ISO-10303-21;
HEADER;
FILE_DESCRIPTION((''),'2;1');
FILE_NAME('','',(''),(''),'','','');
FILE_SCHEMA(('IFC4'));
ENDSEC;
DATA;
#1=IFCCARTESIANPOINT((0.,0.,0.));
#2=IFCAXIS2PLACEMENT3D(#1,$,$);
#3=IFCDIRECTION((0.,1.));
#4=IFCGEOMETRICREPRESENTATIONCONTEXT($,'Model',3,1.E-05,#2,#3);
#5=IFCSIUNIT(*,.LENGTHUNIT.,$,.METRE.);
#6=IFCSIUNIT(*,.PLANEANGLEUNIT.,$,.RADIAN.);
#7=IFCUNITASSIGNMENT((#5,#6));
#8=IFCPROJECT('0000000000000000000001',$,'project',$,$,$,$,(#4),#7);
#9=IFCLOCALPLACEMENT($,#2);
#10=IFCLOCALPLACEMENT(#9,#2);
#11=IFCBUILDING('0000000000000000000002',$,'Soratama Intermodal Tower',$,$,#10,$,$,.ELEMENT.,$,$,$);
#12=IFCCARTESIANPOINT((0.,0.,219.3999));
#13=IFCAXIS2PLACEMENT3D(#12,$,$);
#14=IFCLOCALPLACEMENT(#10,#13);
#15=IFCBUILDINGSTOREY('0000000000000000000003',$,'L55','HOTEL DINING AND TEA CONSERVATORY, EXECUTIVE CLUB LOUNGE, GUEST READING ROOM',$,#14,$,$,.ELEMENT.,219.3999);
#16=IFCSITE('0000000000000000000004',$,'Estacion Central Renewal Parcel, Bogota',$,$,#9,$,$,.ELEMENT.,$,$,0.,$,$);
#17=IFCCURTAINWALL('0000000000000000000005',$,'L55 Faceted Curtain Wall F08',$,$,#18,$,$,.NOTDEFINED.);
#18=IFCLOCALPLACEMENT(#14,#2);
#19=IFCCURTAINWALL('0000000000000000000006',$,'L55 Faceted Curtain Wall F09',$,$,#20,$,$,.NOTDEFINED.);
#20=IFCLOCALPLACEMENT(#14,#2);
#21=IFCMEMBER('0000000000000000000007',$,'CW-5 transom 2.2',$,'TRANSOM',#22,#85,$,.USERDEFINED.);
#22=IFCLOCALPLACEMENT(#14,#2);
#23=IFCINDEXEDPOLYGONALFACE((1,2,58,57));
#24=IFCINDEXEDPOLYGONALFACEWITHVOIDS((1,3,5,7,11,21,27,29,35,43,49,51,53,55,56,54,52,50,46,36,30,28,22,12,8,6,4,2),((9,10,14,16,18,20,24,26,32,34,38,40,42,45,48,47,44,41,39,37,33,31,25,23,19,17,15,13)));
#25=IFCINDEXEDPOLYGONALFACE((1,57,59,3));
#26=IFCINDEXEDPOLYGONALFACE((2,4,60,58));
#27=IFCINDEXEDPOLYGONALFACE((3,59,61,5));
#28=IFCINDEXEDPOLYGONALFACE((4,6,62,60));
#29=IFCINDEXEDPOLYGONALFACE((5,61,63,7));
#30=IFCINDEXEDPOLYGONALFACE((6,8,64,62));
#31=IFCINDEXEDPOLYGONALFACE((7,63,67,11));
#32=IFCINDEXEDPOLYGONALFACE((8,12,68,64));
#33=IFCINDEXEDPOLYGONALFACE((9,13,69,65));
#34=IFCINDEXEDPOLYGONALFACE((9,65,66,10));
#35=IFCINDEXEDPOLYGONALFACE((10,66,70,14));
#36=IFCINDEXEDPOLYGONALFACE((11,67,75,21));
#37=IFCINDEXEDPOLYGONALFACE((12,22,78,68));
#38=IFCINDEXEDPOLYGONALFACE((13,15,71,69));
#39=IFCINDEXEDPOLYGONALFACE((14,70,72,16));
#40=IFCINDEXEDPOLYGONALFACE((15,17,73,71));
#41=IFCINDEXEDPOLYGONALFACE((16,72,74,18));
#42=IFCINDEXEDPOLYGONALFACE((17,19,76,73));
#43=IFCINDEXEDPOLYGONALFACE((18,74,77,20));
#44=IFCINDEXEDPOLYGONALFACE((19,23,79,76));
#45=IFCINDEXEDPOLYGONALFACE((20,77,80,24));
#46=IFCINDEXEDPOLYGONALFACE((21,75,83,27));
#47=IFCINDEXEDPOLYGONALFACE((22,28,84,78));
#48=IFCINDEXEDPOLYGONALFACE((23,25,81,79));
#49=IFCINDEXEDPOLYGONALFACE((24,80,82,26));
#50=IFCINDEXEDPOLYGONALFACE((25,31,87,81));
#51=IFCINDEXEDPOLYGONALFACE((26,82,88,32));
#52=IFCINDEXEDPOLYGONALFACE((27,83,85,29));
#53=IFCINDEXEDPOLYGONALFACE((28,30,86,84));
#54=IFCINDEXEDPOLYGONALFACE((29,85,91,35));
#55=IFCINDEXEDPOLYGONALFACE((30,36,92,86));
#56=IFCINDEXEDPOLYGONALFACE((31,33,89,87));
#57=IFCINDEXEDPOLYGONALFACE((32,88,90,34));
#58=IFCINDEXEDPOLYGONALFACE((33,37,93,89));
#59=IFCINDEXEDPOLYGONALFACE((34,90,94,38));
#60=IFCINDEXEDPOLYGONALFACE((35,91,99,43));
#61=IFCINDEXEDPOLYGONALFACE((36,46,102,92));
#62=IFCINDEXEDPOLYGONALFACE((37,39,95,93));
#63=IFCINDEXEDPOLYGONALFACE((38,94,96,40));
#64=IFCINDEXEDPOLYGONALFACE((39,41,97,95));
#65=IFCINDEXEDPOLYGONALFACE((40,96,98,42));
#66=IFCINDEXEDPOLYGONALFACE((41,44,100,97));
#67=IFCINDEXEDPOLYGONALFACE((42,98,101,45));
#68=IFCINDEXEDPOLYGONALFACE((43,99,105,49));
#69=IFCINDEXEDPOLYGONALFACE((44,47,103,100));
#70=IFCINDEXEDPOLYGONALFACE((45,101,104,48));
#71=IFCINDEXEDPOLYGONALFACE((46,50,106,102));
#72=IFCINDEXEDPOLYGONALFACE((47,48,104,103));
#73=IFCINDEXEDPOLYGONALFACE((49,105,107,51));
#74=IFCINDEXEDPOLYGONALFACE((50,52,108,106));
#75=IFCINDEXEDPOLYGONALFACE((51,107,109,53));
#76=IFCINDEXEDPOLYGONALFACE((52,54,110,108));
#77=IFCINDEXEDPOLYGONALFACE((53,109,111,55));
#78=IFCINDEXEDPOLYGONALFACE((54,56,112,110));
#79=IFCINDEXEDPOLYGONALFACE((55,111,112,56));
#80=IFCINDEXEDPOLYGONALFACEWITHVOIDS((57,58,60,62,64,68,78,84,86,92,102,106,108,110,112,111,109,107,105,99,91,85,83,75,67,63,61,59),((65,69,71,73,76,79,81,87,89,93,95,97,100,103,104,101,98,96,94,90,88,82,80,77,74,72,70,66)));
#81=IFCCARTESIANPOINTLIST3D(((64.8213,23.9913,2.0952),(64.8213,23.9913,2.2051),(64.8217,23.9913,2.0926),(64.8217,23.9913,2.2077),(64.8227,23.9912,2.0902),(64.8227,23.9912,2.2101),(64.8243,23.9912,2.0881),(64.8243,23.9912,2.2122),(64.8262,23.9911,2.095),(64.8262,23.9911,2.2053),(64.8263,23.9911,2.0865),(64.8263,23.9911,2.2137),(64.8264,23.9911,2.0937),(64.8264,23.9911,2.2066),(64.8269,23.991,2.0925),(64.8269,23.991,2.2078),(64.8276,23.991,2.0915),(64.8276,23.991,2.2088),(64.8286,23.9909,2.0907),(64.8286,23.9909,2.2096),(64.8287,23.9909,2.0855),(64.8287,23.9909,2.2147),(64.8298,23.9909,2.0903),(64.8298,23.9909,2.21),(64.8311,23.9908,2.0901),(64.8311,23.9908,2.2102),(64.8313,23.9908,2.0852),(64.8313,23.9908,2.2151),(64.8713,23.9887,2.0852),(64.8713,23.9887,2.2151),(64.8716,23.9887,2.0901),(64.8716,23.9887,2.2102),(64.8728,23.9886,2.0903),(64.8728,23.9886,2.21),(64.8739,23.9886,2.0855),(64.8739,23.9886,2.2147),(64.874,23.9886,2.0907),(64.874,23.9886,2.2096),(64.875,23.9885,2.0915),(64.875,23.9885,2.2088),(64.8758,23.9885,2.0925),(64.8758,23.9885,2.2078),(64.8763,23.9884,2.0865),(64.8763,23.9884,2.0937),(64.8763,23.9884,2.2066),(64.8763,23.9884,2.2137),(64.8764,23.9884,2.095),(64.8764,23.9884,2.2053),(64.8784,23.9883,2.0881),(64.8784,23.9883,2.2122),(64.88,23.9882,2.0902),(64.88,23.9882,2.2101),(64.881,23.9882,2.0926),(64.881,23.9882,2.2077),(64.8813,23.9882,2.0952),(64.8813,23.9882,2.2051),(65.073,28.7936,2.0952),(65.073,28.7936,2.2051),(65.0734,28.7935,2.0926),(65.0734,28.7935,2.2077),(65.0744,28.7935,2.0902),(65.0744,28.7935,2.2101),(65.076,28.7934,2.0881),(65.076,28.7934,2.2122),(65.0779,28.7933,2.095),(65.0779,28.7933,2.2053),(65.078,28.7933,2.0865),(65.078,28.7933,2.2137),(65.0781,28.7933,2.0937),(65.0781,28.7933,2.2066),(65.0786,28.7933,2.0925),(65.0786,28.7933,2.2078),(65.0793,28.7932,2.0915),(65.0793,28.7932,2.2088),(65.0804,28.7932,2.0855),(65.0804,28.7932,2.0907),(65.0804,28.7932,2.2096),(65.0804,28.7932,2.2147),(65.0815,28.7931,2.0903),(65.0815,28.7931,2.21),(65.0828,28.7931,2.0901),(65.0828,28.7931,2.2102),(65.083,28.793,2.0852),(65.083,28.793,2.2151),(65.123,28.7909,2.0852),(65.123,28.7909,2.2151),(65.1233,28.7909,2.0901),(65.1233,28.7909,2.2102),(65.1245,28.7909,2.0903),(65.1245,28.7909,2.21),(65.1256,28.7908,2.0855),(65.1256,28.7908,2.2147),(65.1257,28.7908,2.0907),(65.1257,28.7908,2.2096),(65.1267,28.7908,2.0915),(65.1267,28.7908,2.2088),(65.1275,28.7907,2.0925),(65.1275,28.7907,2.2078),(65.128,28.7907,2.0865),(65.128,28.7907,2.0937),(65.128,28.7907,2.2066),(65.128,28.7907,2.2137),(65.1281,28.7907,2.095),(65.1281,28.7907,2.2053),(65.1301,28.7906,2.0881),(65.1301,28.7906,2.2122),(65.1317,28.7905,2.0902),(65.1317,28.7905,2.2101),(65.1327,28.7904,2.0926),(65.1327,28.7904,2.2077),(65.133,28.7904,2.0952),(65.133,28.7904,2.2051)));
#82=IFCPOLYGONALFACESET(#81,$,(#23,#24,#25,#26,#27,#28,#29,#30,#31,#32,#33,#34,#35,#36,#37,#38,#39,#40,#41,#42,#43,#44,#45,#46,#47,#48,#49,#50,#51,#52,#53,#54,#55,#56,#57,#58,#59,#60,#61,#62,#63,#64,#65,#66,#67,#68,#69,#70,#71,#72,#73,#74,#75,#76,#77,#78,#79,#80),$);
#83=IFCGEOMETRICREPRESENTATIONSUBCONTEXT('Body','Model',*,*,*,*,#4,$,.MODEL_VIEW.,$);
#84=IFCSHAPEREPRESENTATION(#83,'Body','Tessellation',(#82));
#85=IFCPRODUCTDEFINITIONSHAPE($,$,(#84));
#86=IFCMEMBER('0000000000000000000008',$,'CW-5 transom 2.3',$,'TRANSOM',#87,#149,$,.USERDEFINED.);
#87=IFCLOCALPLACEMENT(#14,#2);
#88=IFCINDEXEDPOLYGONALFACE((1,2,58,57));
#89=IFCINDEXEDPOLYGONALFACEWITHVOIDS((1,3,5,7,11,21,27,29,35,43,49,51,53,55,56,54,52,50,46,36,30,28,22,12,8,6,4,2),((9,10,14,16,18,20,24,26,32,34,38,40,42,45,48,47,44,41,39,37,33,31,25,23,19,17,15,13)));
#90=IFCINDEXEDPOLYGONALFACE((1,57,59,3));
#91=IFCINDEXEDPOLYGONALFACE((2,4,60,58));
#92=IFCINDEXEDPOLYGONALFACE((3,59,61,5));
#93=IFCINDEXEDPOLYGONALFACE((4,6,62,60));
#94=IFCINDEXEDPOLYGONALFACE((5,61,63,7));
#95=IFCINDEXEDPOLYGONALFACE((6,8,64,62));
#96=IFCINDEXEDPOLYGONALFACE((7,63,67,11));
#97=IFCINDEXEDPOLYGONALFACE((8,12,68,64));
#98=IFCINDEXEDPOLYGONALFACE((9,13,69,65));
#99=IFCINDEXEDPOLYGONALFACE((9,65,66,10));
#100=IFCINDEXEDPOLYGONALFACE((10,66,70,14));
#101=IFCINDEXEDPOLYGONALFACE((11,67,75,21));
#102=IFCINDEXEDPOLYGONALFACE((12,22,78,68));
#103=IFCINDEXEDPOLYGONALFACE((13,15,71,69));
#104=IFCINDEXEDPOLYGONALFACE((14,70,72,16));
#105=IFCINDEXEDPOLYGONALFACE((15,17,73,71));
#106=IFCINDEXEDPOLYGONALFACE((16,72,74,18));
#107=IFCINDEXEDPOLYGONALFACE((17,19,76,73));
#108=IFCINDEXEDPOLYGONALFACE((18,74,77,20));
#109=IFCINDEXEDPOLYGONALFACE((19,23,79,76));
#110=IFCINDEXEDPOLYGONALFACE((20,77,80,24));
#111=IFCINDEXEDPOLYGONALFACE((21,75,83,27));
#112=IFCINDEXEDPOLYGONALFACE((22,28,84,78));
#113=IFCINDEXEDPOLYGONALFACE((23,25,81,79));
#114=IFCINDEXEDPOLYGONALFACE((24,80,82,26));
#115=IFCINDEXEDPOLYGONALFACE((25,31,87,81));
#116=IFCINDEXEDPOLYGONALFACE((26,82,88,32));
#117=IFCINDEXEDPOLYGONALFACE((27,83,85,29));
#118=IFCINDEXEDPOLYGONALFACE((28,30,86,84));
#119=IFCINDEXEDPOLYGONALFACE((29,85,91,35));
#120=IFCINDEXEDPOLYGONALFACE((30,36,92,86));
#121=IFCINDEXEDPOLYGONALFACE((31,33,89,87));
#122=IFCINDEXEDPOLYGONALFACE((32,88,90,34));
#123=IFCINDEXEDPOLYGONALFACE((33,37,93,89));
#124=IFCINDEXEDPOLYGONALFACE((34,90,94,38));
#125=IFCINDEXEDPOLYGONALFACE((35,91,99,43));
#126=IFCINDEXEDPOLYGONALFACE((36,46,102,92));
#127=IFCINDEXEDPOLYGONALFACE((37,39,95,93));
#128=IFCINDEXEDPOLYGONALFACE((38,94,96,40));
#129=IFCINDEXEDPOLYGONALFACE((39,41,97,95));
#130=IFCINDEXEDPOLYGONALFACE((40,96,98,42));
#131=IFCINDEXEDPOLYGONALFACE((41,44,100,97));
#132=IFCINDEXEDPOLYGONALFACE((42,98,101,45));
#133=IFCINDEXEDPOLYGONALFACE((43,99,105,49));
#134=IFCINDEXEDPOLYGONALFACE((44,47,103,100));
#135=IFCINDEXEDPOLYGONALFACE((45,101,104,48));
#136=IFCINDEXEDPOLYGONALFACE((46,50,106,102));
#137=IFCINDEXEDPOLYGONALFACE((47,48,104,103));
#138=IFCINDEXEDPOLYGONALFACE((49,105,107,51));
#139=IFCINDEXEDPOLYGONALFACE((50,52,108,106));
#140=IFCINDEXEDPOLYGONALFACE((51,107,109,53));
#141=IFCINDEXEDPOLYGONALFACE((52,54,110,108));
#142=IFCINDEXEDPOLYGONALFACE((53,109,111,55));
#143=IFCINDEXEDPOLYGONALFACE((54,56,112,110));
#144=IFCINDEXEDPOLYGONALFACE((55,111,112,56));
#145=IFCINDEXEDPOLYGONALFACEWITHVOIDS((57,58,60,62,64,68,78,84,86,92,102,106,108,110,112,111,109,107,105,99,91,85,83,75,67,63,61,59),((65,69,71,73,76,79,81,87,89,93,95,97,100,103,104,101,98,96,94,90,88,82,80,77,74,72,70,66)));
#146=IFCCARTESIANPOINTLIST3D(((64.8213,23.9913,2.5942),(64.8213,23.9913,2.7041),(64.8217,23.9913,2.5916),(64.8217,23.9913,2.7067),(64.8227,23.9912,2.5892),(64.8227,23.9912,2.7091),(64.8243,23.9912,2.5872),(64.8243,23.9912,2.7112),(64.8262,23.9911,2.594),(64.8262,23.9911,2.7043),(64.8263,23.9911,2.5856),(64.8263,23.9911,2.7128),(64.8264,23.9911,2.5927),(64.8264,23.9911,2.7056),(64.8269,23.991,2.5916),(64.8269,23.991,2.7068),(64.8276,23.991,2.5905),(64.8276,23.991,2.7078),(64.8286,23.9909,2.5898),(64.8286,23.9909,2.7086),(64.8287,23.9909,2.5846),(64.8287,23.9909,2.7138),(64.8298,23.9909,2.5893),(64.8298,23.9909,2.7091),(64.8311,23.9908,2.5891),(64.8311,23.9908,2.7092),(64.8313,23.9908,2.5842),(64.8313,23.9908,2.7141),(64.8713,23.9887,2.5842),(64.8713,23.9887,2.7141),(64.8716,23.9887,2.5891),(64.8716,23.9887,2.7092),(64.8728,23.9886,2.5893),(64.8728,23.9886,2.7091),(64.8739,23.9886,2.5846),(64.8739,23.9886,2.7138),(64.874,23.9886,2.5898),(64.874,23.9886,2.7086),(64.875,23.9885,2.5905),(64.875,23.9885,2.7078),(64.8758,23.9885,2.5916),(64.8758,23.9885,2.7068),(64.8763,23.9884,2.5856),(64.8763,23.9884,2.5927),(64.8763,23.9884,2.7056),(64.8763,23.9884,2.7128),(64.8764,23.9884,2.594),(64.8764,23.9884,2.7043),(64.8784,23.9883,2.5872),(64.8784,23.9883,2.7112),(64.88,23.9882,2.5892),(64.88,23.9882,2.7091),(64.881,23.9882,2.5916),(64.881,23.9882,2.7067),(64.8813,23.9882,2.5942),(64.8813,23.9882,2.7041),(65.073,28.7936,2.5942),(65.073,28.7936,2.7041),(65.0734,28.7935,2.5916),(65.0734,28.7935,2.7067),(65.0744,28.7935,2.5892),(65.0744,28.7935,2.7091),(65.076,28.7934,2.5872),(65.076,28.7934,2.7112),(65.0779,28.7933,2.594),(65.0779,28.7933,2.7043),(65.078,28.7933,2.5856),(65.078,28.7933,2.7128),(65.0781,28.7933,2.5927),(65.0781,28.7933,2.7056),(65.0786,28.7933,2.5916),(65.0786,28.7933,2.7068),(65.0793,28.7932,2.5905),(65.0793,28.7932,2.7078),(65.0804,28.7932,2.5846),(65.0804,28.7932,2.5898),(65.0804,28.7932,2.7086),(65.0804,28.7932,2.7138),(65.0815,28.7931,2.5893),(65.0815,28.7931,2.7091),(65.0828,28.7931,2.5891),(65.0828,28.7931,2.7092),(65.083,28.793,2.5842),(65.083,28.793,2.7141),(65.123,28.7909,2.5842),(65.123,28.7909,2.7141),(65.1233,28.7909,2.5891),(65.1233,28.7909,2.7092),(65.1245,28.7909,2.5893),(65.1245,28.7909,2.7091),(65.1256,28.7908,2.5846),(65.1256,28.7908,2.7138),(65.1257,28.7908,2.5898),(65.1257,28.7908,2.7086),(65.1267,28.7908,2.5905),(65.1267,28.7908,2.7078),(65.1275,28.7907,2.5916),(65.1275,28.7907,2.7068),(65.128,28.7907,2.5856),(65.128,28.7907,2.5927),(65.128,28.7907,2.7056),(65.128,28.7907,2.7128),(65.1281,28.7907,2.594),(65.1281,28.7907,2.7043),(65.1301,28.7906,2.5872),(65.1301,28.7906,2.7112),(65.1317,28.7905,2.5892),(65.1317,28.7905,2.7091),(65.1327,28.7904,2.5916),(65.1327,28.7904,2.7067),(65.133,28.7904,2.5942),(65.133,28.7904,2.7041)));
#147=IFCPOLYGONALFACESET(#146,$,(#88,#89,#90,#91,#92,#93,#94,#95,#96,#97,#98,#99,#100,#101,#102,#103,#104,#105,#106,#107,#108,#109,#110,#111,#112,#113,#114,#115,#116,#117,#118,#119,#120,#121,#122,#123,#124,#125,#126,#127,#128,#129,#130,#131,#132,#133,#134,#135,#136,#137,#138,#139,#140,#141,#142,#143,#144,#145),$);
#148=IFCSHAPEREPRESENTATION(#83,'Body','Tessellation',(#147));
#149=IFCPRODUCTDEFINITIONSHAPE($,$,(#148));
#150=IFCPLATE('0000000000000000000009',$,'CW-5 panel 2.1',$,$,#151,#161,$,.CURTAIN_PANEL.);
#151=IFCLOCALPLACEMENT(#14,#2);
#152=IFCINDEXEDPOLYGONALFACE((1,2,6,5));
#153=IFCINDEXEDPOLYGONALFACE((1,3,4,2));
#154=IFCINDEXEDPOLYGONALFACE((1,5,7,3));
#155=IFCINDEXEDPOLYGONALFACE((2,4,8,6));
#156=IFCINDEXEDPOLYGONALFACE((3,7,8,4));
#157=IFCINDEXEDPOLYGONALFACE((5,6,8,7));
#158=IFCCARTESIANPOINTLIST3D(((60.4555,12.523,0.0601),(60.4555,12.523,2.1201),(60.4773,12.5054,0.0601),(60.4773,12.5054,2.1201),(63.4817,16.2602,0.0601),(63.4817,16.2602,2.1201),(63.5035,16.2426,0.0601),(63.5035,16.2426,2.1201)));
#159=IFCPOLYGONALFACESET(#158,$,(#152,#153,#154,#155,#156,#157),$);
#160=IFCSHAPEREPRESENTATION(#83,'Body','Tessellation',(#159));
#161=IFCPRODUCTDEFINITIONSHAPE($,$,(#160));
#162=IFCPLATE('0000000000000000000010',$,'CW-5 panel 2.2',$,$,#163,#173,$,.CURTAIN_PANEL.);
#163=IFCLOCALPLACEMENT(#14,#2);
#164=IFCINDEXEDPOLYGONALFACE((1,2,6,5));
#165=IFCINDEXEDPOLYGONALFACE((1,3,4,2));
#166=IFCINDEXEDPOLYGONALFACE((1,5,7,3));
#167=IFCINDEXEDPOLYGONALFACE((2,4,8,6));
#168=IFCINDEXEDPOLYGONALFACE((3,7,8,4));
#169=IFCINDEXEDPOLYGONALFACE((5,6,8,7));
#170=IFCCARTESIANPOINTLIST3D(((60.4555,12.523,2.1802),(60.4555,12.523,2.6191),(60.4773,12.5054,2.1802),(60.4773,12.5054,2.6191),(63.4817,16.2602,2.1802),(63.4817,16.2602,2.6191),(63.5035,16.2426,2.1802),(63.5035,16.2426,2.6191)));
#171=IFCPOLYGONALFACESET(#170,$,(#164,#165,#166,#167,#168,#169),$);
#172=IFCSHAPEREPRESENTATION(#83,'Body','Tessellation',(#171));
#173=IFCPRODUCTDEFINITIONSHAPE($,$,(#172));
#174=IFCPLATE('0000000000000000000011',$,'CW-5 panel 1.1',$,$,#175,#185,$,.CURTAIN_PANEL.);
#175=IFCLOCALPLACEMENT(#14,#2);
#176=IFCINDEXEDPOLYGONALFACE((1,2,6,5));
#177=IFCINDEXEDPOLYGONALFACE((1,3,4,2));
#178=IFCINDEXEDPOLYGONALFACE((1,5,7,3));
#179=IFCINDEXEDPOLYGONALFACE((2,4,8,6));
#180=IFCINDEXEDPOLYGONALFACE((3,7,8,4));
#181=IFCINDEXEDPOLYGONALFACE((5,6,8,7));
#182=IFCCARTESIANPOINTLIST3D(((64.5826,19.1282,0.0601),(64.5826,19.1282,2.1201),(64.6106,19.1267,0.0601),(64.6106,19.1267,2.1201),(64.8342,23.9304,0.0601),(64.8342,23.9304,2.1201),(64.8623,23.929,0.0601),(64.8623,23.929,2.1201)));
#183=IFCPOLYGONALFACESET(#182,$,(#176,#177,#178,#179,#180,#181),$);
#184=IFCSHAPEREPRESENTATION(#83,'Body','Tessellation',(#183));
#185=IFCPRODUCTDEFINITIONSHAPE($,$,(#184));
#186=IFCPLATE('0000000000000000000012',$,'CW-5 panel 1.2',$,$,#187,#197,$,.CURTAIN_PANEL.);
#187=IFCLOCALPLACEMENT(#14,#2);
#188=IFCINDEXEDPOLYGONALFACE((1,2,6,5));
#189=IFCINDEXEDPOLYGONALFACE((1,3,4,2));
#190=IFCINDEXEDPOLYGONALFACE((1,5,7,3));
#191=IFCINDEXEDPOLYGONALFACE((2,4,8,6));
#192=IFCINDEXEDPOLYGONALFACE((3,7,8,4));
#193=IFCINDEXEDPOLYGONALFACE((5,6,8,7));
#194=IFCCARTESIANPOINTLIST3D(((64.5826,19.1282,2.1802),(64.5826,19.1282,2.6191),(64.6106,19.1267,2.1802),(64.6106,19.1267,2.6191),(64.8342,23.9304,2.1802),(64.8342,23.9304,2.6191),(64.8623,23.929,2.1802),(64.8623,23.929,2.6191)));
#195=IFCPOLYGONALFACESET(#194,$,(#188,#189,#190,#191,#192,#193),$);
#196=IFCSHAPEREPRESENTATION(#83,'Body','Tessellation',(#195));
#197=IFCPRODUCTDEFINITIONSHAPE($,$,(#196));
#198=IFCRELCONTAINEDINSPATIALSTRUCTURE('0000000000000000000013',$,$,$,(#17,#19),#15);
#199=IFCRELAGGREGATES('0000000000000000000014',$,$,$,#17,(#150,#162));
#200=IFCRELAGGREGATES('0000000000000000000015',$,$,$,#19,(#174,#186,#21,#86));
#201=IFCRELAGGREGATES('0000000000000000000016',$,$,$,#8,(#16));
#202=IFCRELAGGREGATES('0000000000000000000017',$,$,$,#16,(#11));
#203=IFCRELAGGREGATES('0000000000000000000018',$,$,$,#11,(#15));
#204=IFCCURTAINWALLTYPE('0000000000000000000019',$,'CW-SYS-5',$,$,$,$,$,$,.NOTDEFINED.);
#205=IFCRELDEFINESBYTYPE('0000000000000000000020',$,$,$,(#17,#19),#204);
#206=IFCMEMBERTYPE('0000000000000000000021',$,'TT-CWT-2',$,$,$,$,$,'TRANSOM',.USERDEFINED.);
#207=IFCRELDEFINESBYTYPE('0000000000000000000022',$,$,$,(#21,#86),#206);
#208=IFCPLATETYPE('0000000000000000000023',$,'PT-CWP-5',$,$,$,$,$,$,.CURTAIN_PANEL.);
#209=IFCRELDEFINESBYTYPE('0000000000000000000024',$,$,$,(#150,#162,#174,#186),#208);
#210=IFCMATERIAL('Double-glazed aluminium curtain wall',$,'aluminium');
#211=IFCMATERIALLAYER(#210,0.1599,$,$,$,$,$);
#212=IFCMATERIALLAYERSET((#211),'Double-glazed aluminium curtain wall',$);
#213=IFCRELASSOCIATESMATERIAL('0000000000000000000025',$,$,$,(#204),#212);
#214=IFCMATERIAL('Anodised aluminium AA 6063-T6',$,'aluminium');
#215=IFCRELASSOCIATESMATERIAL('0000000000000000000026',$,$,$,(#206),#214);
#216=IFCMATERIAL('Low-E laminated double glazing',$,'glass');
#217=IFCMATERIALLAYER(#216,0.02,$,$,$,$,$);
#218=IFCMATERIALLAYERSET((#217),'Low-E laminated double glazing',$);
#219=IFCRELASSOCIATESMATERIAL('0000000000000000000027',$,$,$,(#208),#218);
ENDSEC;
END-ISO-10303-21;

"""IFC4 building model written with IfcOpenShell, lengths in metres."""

from ifc_helpers import new_model, si_unit, direction, frame, origin, origin_2d, place, context, subcontext, project, spatial, rectangle, hollow_rectangle, extrude, material, layer, layer_set, material_profile, profile_set, type_object, element, aggregate, save


model = new_model("IFC4")

# Units and contexts
model_context = context("Model", 3, precision=1e-05, world=origin(), true_north=direction((0.0, 1.0)))
body_context = subcontext(model_context, "Body", "Model", "MODEL_VIEW")
ifc_project = project(units=[si_unit("LENGTHUNIT", "METRE"), si_unit("PLANEANGLEUNIT", "RADIAN")], contexts=[model_context])

# Site, building, storey
site_placement = place(None, origin())
site = spatial("IfcSite", under=ifc_project, at=site_placement, Name="Estacion Central Renewal Parcel, Bogota", CompositionType="ELEMENT", RefElevation=0.0)
building_placement = place(site_placement, origin())
building = spatial("IfcBuilding", under=site, at=building_placement, Name="Soratama Intermodal Tower", CompositionType="ELEMENT")
storey_placement = place(building_placement, frame((0.0, 0.0, 219.3999)))
storey = spatial("IfcBuildingStorey", under=building, at=storey_placement, Name="L55", Description="HOTEL DINING AND TEA CONSERVATORY, EXECUTIVE CLUB LOUNGE, GUEST READING ROOM", CompositionType="ELEMENT", Elevation=219.3999)

# Curtain wall
ifc_material_1 = material(Name="Double-glazed aluminium curtain wall", Category="aluminium")
ifc_layer_1 = layer(ifc_material_1, 0.1599)
ifc_layer_set_1 = layer_set([ifc_layer_1], Name="Double-glazed aluminium curtain wall")
curtain_wall_type = type_object("IfcCurtainWallType", Name="CW-SYS-5", PredefinedType="NOTDEFINED", material=ifc_layer_set_1)
curtain_wall_1_placement = place(storey_placement, origin())
curtain_wall_1 = element("IfcCurtainWall", 1, at=curtain_wall_1_placement, inside=storey, type_object=curtain_wall_type, Name="L55 Faceted Curtain Wall F08", PredefinedType="NOTDEFINED")

# Curtain wall, members
curtain_wall_2_placement = place(storey_placement, origin())
curtain_wall_2 = element("IfcCurtainWall", 2, at=curtain_wall_2_placement, inside=storey, type_object=curtain_wall_type, Name="L55 Faceted Curtain Wall F09", PredefinedType="NOTDEFINED")
ifc_material_2 = material(Name="Anodised aluminium AA 6063-T6", Category="aluminium")
ifc_material_profile_1 = material_profile(ifc_material_2, hollow_rectangle(XDim=0.0601, YDim=0.1299, WallThickness=0.0049, InnerFilletRadius=0.0049, OuterFilletRadius=0.01, at=origin_2d()), Name="CWT130X60X5")
ifc_profile_set_1 = profile_set([ifc_material_profile_1], Name="Anodised aluminium AA 6063-T6")
member_type_1 = type_object("IfcMemberType", Name="TT-CWT-2", ElementType="TRANSOM", PredefinedType="USERDEFINED", material=ifc_profile_set_1)
member_1_placement = place(storey_placement, frame((64.8513, 23.9897, 2.1501), z_axis=(0.052343, 0.998629, 0.0), x_axis=(-0.998629, 0.052343, 0.0)))
member_1 = element("IfcMember", 3, at=member_1_placement, type_object=member_type_1, Name="CW-5 transom 2.2", ObjectType="TRANSOM", PredefinedType="USERDEFINED", context=body_context, shape_type="SweptSolid", body=[
    extrude(hollow_rectangle(XDim=0.0601, YDim=0.1299, WallThickness=0.0049, InnerFilletRadius=0.0049, OuterFilletRadius=0.01, at=origin_2d()), origin(), (0.0, 0.0, 1.0), 4.8088),
])
member_2_placement = place(storey_placement, frame((64.8513, 23.9897, 2.6492), z_axis=(0.052343, 0.998629, 0.0), x_axis=(-0.998629, 0.052343, 0.0)))
member_2 = element("IfcMember", 4, at=member_2_placement, type_object=member_type_1, Name="CW-5 transom 2.3", ObjectType="TRANSOM", PredefinedType="USERDEFINED", context=body_context, shape_type="SweptSolid", body=[
    extrude(hollow_rectangle(XDim=0.0601, YDim=0.1299, WallThickness=0.0049, InnerFilletRadius=0.0049, OuterFilletRadius=0.01, at=origin_2d()), origin(), (0.0, 0.0, 1.0), 4.8088),
])

# Plates
ifc_material_3 = material(Name="Low-E laminated double glazing", Category="glass")
ifc_layer_2 = layer(ifc_material_3, 0.02)
ifc_layer_set_2 = layer_set([ifc_layer_2], Name="Low-E laminated double glazing")
plate_type = type_object("IfcPlateType", Name="PT-CWP-5", PredefinedType="CURTAIN_PANEL", material=ifc_layer_set_2)
plate_1_placement = place(storey_placement, frame((61.9795, 14.3828, 0.0601), z_axis=(0.0, 0.0, 1.0), x_axis=(0.629312, 0.777153, 0.0)))
plate_1 = element("IfcPlate", 5, at=plate_1_placement, type_object=plate_type, Name="CW-5 panel 2.1", PredefinedType="CURTAIN_PANEL", context=body_context, shape_type="SweptSolid", body=[
    extrude(rectangle(XDim=4.8088, YDim=0.0281, at=origin_2d()), origin(), (0.0, 0.0, 1.0), 2.0601),
])
plate_2_placement = place(storey_placement, frame((61.9795, 14.3828, 2.1802), z_axis=(0.0, 0.0, 1.0), x_axis=(0.629312, 0.777153, 0.0)))
plate_2 = element("IfcPlate", 6, at=plate_2_placement, type_object=plate_type, Name="CW-5 panel 2.2", PredefinedType="CURTAIN_PANEL", context=body_context, shape_type="SweptSolid", body=[
    extrude(rectangle(XDim=4.8088, YDim=0.0281, at=origin_2d()), origin(), (0.0, 0.0, 1.0), 0.439),
])
aggregate(curtain_wall_1, [plate_1, plate_2])
plate_3_placement = place(storey_placement, frame((64.7224, 21.5286, 0.0601), z_axis=(0.0, 0.0, 1.0), x_axis=(0.052329, 0.99863, 0.0)))
plate_3 = element("IfcPlate", 7, at=plate_3_placement, type_object=plate_type, Name="CW-5 panel 1.1", PredefinedType="CURTAIN_PANEL", context=body_context, shape_type="SweptSolid", body=[
    extrude(rectangle(XDim=4.8088, YDim=0.0281, at=origin_2d()), origin(), (0.0, 0.0, 1.0), 2.0601),
])
plate_4_placement = place(storey_placement, frame((64.7224, 21.5286, 2.1802), z_axis=(0.0, 0.0, 1.0), x_axis=(0.052329, 0.99863, 0.0)))
plate_4 = element("IfcPlate", 8, at=plate_4_placement, type_object=plate_type, Name="CW-5 panel 1.2", PredefinedType="CURTAIN_PANEL", context=body_context, shape_type="SweptSolid", body=[
    extrude(rectangle(XDim=4.8088, YDim=0.0281, at=origin_2d()), origin(), (0.0, 0.0, 1.0), 0.439),
])
aggregate(curtain_wall_2, [plate_3, plate_4, member_1, member_2])

save(model, "model.ifc")
